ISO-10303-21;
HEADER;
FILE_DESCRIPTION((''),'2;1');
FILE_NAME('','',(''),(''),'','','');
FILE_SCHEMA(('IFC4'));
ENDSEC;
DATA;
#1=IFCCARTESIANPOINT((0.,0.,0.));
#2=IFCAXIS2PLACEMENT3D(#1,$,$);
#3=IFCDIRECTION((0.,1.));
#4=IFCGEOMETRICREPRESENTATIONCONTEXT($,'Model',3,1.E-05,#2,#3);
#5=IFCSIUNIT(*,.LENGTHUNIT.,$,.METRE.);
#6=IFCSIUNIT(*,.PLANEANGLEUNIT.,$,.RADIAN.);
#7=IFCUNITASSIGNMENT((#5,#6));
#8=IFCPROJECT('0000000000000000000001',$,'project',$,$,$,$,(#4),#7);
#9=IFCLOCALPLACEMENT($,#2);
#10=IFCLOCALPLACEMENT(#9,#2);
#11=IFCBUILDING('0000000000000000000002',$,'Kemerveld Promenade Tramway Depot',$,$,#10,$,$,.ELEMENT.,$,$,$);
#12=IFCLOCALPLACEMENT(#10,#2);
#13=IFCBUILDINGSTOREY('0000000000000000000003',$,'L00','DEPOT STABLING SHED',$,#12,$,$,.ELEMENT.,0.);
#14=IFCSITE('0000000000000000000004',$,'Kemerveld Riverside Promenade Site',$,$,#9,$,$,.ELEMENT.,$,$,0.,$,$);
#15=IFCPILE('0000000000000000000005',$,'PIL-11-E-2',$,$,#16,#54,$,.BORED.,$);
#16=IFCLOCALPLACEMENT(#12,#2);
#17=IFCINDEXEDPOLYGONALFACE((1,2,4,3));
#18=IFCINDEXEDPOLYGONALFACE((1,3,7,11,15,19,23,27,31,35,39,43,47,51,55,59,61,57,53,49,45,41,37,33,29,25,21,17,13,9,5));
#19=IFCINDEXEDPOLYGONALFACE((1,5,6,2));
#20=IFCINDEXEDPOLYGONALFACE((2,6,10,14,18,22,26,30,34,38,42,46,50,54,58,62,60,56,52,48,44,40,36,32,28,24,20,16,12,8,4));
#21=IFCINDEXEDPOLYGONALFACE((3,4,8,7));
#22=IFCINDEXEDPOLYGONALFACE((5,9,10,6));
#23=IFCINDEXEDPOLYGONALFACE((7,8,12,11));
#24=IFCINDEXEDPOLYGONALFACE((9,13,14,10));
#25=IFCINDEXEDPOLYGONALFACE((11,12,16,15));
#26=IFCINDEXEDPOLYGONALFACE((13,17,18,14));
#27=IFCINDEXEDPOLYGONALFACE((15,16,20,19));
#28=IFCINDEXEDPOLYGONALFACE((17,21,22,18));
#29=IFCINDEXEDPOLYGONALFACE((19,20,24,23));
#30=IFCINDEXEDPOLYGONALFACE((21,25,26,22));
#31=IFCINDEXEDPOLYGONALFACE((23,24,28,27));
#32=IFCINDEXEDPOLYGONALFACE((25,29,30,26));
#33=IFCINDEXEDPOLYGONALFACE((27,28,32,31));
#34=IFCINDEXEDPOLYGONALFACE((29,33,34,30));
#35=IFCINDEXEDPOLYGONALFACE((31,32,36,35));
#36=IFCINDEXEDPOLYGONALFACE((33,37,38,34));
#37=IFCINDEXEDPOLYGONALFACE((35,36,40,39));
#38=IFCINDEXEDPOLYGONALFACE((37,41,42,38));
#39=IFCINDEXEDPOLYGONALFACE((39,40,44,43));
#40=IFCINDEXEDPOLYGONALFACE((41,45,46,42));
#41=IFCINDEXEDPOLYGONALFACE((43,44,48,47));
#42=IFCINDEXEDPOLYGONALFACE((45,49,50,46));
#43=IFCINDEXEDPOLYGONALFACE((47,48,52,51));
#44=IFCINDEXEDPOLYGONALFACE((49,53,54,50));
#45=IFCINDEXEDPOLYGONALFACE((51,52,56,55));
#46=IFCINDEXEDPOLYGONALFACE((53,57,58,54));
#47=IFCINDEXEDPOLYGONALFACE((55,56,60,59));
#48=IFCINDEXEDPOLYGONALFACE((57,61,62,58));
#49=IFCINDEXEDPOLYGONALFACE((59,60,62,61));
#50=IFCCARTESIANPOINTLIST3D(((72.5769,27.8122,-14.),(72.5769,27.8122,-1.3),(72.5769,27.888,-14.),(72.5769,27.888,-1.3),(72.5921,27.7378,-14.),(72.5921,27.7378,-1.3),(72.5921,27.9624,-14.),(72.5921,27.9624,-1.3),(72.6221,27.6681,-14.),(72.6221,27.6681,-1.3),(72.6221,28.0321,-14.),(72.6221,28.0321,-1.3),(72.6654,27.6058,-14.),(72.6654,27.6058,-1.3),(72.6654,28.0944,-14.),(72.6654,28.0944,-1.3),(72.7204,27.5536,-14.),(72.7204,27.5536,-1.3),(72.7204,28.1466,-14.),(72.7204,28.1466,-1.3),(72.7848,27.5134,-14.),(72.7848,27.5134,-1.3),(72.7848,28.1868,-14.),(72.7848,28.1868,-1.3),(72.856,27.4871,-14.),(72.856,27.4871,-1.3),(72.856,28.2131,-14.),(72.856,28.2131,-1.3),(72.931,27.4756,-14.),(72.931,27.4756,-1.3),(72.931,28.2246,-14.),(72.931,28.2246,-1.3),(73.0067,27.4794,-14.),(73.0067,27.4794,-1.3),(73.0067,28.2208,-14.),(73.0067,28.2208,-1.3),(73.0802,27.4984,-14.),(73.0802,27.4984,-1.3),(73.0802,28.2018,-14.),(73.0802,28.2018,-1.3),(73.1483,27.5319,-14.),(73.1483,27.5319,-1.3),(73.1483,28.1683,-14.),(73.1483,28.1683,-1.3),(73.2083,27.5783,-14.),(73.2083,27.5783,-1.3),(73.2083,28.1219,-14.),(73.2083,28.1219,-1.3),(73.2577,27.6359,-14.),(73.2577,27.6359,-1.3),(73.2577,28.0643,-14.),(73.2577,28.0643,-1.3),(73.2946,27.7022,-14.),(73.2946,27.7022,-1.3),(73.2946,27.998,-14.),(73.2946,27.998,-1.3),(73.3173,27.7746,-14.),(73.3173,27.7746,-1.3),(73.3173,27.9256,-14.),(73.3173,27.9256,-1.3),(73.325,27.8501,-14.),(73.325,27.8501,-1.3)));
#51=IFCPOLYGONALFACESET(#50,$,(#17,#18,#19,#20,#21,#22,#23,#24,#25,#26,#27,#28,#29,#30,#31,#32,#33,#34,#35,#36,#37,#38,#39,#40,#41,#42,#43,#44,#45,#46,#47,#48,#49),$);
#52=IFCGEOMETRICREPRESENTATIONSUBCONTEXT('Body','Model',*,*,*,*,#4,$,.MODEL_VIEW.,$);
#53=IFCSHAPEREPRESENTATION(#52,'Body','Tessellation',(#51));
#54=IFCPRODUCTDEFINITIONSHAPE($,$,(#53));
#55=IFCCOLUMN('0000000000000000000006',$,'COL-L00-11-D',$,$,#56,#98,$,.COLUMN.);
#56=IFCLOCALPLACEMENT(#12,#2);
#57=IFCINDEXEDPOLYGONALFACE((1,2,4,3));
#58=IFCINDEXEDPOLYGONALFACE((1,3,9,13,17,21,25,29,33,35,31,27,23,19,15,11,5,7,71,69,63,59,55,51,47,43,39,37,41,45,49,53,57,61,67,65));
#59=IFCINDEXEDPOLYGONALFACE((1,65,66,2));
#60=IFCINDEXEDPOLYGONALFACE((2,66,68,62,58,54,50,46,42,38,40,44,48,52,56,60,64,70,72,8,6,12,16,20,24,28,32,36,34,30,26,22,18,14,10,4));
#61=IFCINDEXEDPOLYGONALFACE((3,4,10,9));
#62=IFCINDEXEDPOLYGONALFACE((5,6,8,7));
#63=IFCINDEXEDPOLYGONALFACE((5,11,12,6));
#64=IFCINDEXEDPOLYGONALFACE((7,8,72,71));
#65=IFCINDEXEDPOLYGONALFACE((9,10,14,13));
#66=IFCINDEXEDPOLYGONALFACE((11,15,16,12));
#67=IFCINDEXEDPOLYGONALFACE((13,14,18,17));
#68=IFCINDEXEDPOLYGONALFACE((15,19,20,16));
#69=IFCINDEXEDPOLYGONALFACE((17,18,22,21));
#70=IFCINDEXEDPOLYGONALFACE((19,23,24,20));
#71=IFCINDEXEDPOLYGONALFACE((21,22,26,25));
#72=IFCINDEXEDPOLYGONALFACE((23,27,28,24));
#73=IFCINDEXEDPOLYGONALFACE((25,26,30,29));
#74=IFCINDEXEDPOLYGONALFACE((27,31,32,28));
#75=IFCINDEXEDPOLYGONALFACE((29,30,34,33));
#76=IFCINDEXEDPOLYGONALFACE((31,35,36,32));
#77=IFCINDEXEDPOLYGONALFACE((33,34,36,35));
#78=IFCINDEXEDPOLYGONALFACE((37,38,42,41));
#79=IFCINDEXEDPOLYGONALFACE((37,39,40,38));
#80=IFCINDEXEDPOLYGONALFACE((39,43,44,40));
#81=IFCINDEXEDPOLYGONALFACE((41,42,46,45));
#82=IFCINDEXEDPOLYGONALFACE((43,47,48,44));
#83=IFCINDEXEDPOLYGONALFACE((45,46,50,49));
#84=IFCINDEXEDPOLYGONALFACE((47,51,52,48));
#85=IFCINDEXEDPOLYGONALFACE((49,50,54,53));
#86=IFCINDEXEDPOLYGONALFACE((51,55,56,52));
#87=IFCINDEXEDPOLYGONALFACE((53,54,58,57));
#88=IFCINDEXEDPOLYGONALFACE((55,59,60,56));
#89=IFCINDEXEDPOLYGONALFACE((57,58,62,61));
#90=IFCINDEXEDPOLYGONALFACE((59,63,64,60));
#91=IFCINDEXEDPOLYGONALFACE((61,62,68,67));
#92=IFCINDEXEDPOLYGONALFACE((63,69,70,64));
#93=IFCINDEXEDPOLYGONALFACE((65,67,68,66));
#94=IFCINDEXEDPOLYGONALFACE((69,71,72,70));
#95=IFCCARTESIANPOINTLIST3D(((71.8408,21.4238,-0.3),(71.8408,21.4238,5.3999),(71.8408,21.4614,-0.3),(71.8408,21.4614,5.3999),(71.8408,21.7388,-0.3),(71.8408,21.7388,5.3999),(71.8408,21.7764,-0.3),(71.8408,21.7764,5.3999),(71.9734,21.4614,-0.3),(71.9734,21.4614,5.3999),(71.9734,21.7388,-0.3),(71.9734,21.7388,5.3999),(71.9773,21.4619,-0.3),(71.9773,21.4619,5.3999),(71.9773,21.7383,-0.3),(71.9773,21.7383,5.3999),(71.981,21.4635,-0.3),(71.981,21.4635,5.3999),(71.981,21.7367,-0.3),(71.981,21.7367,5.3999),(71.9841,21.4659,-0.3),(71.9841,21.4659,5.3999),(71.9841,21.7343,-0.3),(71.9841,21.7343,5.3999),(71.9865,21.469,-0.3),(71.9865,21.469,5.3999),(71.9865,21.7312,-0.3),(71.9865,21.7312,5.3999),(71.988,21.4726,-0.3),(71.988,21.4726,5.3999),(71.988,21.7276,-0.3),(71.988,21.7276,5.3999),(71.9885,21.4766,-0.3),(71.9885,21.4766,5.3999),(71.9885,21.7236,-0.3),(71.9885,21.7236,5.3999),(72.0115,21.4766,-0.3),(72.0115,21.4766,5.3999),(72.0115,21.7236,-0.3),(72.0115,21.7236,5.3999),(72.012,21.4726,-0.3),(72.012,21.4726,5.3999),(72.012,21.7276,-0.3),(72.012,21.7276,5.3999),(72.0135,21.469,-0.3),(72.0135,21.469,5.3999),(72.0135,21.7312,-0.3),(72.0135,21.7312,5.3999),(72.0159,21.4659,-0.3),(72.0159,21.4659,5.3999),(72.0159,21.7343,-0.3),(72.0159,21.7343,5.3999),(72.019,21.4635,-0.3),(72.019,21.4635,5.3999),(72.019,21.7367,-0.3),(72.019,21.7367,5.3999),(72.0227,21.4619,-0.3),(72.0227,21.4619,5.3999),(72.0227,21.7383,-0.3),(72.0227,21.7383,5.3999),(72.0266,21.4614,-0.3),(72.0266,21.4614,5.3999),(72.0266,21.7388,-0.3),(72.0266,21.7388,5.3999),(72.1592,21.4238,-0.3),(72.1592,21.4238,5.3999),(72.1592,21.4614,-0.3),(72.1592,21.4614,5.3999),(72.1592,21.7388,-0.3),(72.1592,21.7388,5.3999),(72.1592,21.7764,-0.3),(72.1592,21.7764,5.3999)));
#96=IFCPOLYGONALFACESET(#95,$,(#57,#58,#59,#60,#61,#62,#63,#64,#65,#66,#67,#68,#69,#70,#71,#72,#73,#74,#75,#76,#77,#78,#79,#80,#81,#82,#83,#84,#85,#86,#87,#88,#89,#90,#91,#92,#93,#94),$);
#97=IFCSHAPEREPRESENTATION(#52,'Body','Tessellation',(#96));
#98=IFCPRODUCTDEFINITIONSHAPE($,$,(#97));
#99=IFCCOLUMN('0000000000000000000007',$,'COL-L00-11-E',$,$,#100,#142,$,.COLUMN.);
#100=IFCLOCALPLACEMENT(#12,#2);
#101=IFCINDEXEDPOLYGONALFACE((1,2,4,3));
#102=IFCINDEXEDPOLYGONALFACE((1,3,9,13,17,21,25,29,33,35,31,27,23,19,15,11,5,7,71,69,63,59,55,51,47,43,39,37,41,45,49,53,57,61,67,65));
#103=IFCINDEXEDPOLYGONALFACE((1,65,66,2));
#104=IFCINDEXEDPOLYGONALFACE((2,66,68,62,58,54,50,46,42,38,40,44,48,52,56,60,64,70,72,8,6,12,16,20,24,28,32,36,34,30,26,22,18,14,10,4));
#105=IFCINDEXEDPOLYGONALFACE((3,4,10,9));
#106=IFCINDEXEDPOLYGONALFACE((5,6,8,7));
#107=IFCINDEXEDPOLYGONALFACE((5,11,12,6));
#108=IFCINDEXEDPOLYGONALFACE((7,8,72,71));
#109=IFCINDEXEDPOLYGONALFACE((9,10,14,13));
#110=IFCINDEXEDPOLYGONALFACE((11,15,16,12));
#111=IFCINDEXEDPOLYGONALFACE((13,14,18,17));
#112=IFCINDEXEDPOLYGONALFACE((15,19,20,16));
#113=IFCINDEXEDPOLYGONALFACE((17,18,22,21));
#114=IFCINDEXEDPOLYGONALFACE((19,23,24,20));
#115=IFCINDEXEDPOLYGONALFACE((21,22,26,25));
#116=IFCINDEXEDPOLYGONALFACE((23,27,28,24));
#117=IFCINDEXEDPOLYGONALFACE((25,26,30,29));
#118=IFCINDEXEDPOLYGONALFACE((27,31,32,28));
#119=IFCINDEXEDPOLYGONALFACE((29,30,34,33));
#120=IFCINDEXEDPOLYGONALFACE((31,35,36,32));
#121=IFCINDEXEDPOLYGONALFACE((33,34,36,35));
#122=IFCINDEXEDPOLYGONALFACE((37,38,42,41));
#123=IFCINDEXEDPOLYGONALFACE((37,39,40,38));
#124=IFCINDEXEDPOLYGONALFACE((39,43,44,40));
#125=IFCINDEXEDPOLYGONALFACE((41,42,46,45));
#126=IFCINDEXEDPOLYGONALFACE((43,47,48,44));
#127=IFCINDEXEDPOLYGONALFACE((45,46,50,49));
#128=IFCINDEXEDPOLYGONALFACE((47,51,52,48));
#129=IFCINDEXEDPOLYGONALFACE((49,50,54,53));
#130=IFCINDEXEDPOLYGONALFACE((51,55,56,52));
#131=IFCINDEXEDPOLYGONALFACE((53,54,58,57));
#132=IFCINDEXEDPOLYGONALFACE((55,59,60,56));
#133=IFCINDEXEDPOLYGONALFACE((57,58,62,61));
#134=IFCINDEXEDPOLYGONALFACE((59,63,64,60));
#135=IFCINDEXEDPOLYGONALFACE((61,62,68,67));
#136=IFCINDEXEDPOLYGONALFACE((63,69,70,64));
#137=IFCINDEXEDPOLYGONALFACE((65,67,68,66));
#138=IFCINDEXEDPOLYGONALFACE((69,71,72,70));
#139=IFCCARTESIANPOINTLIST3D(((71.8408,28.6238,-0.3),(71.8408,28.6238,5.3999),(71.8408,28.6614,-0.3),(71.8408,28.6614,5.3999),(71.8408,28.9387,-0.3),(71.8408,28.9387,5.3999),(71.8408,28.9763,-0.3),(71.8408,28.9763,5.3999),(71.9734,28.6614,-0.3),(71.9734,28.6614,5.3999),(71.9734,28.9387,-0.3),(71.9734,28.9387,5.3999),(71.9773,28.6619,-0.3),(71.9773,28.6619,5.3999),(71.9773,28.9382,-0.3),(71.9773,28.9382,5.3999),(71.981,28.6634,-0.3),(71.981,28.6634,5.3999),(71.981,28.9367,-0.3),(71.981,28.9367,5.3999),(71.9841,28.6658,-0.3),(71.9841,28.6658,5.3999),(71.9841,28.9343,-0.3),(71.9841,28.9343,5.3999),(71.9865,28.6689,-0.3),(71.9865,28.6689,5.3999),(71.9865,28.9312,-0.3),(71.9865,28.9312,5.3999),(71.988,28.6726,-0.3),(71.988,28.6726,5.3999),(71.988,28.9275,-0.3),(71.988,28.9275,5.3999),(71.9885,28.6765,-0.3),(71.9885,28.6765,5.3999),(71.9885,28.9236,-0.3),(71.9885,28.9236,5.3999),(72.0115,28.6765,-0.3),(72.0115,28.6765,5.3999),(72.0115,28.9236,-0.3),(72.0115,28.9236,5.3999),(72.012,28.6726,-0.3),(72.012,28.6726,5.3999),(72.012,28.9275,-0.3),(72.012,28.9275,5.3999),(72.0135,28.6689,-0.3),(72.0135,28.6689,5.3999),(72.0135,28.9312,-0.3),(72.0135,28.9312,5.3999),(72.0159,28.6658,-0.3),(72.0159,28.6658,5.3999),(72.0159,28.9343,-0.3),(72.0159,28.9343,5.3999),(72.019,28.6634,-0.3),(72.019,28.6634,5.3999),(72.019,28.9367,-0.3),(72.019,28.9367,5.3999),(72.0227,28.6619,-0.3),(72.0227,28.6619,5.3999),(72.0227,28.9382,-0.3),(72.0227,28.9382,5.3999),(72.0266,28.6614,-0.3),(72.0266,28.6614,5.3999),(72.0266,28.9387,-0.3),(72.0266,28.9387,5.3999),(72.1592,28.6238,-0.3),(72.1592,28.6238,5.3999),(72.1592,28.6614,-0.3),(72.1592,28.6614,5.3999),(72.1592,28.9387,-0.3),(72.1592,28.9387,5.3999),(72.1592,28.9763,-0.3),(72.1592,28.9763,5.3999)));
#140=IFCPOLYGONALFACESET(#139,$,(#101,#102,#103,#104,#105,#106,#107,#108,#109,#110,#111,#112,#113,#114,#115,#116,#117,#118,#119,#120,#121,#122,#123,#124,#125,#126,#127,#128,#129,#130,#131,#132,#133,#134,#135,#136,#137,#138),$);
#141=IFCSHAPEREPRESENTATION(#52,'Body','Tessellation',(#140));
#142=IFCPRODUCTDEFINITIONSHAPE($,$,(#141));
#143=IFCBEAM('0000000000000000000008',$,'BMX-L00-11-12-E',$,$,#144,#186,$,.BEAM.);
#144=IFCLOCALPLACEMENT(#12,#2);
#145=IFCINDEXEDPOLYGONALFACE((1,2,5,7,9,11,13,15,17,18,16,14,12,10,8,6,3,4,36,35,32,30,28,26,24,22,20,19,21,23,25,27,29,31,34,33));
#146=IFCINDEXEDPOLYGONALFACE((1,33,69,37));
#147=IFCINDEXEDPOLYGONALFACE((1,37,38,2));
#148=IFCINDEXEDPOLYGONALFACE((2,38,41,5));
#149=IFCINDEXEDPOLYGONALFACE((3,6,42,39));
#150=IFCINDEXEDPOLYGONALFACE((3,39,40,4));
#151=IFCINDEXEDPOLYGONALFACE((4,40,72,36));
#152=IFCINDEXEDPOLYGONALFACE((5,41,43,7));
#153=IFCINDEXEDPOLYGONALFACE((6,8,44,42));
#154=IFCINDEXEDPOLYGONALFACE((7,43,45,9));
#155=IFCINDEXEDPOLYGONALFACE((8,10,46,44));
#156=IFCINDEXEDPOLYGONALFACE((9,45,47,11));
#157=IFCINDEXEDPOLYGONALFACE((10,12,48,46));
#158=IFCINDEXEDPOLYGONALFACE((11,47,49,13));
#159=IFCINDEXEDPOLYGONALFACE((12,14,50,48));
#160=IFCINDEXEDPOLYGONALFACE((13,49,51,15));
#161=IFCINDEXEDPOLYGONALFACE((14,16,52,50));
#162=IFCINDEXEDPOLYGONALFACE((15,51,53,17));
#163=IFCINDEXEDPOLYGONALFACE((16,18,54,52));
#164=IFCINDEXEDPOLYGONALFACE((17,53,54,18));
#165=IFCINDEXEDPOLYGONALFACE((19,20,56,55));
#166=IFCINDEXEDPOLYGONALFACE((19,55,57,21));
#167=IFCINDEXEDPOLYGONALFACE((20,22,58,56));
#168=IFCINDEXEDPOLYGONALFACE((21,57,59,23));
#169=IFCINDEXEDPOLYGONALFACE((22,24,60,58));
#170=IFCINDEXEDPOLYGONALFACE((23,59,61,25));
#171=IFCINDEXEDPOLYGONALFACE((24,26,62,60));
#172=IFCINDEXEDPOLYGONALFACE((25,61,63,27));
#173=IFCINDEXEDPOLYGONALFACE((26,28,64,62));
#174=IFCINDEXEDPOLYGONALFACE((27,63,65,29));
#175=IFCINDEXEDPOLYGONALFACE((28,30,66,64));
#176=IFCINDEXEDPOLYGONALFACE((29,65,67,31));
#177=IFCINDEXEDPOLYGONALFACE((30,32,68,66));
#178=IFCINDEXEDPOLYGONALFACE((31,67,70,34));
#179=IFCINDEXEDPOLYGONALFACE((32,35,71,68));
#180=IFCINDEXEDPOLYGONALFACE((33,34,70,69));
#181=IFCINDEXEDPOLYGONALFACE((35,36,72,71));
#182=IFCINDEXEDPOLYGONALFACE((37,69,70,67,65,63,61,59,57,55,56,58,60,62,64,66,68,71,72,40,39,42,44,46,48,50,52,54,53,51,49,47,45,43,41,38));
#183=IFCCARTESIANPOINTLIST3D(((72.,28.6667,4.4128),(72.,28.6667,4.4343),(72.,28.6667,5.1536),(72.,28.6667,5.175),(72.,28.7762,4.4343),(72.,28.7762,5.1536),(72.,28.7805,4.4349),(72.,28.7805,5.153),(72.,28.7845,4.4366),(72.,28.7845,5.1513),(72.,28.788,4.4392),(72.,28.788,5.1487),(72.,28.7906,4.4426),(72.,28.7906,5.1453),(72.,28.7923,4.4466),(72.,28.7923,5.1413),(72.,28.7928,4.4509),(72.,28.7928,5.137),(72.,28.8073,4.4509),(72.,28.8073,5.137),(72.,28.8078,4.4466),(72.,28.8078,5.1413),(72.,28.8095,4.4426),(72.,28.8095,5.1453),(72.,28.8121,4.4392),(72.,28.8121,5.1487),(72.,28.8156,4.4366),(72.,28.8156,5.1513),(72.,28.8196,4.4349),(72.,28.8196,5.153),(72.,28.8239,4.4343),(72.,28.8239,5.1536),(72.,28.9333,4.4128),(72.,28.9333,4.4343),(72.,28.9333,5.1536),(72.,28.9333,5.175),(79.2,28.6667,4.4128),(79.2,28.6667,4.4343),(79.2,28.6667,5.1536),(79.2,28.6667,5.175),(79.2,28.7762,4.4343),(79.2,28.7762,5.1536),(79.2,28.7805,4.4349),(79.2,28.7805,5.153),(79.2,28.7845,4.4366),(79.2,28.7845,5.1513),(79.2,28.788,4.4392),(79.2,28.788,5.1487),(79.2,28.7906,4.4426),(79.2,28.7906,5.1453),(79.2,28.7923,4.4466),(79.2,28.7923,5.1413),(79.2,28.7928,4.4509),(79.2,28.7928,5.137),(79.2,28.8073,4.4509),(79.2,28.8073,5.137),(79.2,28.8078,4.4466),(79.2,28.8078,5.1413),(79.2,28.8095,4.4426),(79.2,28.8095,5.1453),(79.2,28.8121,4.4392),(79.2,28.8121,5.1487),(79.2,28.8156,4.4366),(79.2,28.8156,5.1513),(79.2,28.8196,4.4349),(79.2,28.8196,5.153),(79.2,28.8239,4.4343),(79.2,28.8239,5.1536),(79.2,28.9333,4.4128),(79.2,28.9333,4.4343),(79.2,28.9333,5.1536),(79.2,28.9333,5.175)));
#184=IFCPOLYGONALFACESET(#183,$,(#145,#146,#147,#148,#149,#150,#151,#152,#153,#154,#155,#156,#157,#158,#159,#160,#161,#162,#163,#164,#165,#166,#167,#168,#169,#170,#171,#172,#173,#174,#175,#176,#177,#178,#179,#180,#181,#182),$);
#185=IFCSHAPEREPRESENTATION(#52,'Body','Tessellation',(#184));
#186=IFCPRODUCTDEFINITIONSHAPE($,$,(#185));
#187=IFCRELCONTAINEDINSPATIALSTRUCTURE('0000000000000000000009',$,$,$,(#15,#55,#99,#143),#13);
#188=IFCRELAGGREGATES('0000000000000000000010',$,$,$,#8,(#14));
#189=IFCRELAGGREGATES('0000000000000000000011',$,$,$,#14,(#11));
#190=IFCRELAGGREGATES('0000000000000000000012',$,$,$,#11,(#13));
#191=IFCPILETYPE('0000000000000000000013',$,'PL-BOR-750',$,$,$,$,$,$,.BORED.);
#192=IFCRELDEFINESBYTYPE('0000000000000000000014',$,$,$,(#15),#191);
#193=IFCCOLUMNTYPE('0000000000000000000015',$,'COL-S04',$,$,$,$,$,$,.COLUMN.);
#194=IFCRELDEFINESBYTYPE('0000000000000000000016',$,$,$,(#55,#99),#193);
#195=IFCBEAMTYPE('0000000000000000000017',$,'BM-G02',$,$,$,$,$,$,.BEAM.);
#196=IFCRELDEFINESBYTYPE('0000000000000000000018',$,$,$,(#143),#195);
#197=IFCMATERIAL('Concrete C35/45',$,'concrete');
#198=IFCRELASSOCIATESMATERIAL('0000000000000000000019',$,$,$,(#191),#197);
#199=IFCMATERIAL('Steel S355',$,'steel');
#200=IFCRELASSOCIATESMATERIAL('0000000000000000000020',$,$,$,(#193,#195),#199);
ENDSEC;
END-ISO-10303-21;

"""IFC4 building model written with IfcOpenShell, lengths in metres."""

from ifc_helpers import new_model, si_unit, direction, frame, origin, origin_2d, place, context, subcontext, project, spatial, circle, i_section, extrude, material, material_profile, profile_set, type_object, element, save


model = new_model("IFC4")

# Units and contexts
model_context = context("Model", 3, precision=1e-05, world=origin(), true_north=direction((0.0, 1.0)))
body_context = subcontext(model_context, "Body", "Model", "MODEL_VIEW")
ifc_project = project(units=[si_unit("LENGTHUNIT", "METRE"), si_unit("PLANEANGLEUNIT", "RADIAN")], contexts=[model_context])

# Site, building, storey
site_placement = place(None, origin())
site = spatial("IfcSite", under=ifc_project, at=site_placement, Name="Kemerveld Riverside Promenade Site", CompositionType="ELEMENT", RefElevation=0.0)
building_placement = place(site_placement, origin())
building = spatial("IfcBuilding", under=site, at=building_placement, Name="Kemerveld Promenade Tramway Depot", CompositionType="ELEMENT")
storey_placement = place(building_placement, origin())
storey = spatial("IfcBuildingStorey", under=building, at=storey_placement, Name="L00", Description="DEPOT STABLING SHED", CompositionType="ELEMENT", Elevation=0.0)

# Shared definitions
ifc_material_1 = material(Name="Concrete C35/45", Category="concrete")

# Pile
ifc_material_profile_1 = material_profile(ifc_material_1, circle(Radius=0.375, at=origin_2d()), Name="PILE-D750")
ifc_profile_set_1 = profile_set([ifc_material_profile_1], Name="Concrete C35/45")
pile_type = type_object("IfcPileType", Name="PL-BOR-750", PredefinedType="BORED", material=ifc_profile_set_1)
for number, where, z_axis, x_axis, name in (
    (1, (72.95, 27.8501, -1.3), (0.0, 0.0, -1.0), (1.0, 0.0, 0.0), "PIL-11-E-2"),
):
    element("IfcPile", number, at=place(storey_placement, frame(where, z_axis=z_axis, x_axis=x_axis)), inside=storey, type_object=pile_type, Name=name, PredefinedType="BORED", context=body_context, shape_type="SweptSolid", body=[
        extrude(circle(Radius=0.375, at=origin_2d()), origin(), (0.0, 0.0, 1.0), 12.7),
    ])

# Columns
ifc_material_2 = material(Name="Steel S355", Category="steel")
ifc_material_profile_2 = material_profile(ifc_material_2, i_section(OverallWidth=0.3184, OverallDepth=0.3525, WebThickness=0.0229, FlangeThickness=0.0376, FilletRadius=0.0151, at=origin_2d()), Name="305x305x240 UC")
ifc_profile_set_2 = profile_set([ifc_material_profile_2], Name="Steel S355")
column_type = type_object("IfcColumnType", Name="COL-S04", PredefinedType="COLUMN", material=ifc_profile_set_2)
for number, where, z_axis, x_axis, name in (
    (2, (72.0, 21.6001, -0.3), (0.0, 0.0, 1.0), (1.0, 0.0, 0.0), "COL-L00-11-D"),
    (3, (72.0, 28.8, -0.3), (0.0, 0.0, 1.0), (1.0, 0.0, 0.0), "COL-L00-11-E"),
):
    element("IfcColumn", number, at=place(storey_placement, frame(where, z_axis=z_axis, x_axis=x_axis)), inside=storey, type_object=column_type, Name=name, PredefinedType="COLUMN", context=body_context, shape_type="SweptSolid", body=[
        extrude(i_section(OverallWidth=0.3184, OverallDepth=0.3525, WebThickness=0.0229, FlangeThickness=0.0376, FilletRadius=0.0151, at=origin_2d()), origin(), (0.0, 0.0, 1.0), 5.7),
    ])

# Beam
ifc_material_profile_3 = material_profile(ifc_material_2, i_section(OverallWidth=0.2666, OverallDepth=0.7622, WebThickness=0.0144, FlangeThickness=0.0215, FilletRadius=0.0166, at=origin_2d()), Name="762x267x173 UB")
ifc_profile_set_3 = profile_set([ifc_material_profile_3], Name="Steel S355")
beam_type_1 = type_object("IfcBeamType", Name="BM-G02", PredefinedType="BEAM", material=ifc_profile_set_3)
beam_1_placement = place(storey_placement, frame((72.0, 28.8, 4.7939), z_axis=(1.0, 0.0, 0.0), x_axis=(0.0, 1.0, 0.0)))
element("IfcBeam", 4, at=beam_1_placement, inside=storey, type_object=beam_type_1, Name="BMX-L00-11-12-E", PredefinedType="BEAM", context=body_context, shape_type="SweptSolid", body=[
    extrude(i_section(OverallWidth=0.2666, OverallDepth=0.7622, WebThickness=0.0144, FlangeThickness=0.0215, FilletRadius=0.0166, at=origin_2d()), origin(), (0.0, 0.0, 1.0), 7.2),
])

save(model, "model.ifc")
